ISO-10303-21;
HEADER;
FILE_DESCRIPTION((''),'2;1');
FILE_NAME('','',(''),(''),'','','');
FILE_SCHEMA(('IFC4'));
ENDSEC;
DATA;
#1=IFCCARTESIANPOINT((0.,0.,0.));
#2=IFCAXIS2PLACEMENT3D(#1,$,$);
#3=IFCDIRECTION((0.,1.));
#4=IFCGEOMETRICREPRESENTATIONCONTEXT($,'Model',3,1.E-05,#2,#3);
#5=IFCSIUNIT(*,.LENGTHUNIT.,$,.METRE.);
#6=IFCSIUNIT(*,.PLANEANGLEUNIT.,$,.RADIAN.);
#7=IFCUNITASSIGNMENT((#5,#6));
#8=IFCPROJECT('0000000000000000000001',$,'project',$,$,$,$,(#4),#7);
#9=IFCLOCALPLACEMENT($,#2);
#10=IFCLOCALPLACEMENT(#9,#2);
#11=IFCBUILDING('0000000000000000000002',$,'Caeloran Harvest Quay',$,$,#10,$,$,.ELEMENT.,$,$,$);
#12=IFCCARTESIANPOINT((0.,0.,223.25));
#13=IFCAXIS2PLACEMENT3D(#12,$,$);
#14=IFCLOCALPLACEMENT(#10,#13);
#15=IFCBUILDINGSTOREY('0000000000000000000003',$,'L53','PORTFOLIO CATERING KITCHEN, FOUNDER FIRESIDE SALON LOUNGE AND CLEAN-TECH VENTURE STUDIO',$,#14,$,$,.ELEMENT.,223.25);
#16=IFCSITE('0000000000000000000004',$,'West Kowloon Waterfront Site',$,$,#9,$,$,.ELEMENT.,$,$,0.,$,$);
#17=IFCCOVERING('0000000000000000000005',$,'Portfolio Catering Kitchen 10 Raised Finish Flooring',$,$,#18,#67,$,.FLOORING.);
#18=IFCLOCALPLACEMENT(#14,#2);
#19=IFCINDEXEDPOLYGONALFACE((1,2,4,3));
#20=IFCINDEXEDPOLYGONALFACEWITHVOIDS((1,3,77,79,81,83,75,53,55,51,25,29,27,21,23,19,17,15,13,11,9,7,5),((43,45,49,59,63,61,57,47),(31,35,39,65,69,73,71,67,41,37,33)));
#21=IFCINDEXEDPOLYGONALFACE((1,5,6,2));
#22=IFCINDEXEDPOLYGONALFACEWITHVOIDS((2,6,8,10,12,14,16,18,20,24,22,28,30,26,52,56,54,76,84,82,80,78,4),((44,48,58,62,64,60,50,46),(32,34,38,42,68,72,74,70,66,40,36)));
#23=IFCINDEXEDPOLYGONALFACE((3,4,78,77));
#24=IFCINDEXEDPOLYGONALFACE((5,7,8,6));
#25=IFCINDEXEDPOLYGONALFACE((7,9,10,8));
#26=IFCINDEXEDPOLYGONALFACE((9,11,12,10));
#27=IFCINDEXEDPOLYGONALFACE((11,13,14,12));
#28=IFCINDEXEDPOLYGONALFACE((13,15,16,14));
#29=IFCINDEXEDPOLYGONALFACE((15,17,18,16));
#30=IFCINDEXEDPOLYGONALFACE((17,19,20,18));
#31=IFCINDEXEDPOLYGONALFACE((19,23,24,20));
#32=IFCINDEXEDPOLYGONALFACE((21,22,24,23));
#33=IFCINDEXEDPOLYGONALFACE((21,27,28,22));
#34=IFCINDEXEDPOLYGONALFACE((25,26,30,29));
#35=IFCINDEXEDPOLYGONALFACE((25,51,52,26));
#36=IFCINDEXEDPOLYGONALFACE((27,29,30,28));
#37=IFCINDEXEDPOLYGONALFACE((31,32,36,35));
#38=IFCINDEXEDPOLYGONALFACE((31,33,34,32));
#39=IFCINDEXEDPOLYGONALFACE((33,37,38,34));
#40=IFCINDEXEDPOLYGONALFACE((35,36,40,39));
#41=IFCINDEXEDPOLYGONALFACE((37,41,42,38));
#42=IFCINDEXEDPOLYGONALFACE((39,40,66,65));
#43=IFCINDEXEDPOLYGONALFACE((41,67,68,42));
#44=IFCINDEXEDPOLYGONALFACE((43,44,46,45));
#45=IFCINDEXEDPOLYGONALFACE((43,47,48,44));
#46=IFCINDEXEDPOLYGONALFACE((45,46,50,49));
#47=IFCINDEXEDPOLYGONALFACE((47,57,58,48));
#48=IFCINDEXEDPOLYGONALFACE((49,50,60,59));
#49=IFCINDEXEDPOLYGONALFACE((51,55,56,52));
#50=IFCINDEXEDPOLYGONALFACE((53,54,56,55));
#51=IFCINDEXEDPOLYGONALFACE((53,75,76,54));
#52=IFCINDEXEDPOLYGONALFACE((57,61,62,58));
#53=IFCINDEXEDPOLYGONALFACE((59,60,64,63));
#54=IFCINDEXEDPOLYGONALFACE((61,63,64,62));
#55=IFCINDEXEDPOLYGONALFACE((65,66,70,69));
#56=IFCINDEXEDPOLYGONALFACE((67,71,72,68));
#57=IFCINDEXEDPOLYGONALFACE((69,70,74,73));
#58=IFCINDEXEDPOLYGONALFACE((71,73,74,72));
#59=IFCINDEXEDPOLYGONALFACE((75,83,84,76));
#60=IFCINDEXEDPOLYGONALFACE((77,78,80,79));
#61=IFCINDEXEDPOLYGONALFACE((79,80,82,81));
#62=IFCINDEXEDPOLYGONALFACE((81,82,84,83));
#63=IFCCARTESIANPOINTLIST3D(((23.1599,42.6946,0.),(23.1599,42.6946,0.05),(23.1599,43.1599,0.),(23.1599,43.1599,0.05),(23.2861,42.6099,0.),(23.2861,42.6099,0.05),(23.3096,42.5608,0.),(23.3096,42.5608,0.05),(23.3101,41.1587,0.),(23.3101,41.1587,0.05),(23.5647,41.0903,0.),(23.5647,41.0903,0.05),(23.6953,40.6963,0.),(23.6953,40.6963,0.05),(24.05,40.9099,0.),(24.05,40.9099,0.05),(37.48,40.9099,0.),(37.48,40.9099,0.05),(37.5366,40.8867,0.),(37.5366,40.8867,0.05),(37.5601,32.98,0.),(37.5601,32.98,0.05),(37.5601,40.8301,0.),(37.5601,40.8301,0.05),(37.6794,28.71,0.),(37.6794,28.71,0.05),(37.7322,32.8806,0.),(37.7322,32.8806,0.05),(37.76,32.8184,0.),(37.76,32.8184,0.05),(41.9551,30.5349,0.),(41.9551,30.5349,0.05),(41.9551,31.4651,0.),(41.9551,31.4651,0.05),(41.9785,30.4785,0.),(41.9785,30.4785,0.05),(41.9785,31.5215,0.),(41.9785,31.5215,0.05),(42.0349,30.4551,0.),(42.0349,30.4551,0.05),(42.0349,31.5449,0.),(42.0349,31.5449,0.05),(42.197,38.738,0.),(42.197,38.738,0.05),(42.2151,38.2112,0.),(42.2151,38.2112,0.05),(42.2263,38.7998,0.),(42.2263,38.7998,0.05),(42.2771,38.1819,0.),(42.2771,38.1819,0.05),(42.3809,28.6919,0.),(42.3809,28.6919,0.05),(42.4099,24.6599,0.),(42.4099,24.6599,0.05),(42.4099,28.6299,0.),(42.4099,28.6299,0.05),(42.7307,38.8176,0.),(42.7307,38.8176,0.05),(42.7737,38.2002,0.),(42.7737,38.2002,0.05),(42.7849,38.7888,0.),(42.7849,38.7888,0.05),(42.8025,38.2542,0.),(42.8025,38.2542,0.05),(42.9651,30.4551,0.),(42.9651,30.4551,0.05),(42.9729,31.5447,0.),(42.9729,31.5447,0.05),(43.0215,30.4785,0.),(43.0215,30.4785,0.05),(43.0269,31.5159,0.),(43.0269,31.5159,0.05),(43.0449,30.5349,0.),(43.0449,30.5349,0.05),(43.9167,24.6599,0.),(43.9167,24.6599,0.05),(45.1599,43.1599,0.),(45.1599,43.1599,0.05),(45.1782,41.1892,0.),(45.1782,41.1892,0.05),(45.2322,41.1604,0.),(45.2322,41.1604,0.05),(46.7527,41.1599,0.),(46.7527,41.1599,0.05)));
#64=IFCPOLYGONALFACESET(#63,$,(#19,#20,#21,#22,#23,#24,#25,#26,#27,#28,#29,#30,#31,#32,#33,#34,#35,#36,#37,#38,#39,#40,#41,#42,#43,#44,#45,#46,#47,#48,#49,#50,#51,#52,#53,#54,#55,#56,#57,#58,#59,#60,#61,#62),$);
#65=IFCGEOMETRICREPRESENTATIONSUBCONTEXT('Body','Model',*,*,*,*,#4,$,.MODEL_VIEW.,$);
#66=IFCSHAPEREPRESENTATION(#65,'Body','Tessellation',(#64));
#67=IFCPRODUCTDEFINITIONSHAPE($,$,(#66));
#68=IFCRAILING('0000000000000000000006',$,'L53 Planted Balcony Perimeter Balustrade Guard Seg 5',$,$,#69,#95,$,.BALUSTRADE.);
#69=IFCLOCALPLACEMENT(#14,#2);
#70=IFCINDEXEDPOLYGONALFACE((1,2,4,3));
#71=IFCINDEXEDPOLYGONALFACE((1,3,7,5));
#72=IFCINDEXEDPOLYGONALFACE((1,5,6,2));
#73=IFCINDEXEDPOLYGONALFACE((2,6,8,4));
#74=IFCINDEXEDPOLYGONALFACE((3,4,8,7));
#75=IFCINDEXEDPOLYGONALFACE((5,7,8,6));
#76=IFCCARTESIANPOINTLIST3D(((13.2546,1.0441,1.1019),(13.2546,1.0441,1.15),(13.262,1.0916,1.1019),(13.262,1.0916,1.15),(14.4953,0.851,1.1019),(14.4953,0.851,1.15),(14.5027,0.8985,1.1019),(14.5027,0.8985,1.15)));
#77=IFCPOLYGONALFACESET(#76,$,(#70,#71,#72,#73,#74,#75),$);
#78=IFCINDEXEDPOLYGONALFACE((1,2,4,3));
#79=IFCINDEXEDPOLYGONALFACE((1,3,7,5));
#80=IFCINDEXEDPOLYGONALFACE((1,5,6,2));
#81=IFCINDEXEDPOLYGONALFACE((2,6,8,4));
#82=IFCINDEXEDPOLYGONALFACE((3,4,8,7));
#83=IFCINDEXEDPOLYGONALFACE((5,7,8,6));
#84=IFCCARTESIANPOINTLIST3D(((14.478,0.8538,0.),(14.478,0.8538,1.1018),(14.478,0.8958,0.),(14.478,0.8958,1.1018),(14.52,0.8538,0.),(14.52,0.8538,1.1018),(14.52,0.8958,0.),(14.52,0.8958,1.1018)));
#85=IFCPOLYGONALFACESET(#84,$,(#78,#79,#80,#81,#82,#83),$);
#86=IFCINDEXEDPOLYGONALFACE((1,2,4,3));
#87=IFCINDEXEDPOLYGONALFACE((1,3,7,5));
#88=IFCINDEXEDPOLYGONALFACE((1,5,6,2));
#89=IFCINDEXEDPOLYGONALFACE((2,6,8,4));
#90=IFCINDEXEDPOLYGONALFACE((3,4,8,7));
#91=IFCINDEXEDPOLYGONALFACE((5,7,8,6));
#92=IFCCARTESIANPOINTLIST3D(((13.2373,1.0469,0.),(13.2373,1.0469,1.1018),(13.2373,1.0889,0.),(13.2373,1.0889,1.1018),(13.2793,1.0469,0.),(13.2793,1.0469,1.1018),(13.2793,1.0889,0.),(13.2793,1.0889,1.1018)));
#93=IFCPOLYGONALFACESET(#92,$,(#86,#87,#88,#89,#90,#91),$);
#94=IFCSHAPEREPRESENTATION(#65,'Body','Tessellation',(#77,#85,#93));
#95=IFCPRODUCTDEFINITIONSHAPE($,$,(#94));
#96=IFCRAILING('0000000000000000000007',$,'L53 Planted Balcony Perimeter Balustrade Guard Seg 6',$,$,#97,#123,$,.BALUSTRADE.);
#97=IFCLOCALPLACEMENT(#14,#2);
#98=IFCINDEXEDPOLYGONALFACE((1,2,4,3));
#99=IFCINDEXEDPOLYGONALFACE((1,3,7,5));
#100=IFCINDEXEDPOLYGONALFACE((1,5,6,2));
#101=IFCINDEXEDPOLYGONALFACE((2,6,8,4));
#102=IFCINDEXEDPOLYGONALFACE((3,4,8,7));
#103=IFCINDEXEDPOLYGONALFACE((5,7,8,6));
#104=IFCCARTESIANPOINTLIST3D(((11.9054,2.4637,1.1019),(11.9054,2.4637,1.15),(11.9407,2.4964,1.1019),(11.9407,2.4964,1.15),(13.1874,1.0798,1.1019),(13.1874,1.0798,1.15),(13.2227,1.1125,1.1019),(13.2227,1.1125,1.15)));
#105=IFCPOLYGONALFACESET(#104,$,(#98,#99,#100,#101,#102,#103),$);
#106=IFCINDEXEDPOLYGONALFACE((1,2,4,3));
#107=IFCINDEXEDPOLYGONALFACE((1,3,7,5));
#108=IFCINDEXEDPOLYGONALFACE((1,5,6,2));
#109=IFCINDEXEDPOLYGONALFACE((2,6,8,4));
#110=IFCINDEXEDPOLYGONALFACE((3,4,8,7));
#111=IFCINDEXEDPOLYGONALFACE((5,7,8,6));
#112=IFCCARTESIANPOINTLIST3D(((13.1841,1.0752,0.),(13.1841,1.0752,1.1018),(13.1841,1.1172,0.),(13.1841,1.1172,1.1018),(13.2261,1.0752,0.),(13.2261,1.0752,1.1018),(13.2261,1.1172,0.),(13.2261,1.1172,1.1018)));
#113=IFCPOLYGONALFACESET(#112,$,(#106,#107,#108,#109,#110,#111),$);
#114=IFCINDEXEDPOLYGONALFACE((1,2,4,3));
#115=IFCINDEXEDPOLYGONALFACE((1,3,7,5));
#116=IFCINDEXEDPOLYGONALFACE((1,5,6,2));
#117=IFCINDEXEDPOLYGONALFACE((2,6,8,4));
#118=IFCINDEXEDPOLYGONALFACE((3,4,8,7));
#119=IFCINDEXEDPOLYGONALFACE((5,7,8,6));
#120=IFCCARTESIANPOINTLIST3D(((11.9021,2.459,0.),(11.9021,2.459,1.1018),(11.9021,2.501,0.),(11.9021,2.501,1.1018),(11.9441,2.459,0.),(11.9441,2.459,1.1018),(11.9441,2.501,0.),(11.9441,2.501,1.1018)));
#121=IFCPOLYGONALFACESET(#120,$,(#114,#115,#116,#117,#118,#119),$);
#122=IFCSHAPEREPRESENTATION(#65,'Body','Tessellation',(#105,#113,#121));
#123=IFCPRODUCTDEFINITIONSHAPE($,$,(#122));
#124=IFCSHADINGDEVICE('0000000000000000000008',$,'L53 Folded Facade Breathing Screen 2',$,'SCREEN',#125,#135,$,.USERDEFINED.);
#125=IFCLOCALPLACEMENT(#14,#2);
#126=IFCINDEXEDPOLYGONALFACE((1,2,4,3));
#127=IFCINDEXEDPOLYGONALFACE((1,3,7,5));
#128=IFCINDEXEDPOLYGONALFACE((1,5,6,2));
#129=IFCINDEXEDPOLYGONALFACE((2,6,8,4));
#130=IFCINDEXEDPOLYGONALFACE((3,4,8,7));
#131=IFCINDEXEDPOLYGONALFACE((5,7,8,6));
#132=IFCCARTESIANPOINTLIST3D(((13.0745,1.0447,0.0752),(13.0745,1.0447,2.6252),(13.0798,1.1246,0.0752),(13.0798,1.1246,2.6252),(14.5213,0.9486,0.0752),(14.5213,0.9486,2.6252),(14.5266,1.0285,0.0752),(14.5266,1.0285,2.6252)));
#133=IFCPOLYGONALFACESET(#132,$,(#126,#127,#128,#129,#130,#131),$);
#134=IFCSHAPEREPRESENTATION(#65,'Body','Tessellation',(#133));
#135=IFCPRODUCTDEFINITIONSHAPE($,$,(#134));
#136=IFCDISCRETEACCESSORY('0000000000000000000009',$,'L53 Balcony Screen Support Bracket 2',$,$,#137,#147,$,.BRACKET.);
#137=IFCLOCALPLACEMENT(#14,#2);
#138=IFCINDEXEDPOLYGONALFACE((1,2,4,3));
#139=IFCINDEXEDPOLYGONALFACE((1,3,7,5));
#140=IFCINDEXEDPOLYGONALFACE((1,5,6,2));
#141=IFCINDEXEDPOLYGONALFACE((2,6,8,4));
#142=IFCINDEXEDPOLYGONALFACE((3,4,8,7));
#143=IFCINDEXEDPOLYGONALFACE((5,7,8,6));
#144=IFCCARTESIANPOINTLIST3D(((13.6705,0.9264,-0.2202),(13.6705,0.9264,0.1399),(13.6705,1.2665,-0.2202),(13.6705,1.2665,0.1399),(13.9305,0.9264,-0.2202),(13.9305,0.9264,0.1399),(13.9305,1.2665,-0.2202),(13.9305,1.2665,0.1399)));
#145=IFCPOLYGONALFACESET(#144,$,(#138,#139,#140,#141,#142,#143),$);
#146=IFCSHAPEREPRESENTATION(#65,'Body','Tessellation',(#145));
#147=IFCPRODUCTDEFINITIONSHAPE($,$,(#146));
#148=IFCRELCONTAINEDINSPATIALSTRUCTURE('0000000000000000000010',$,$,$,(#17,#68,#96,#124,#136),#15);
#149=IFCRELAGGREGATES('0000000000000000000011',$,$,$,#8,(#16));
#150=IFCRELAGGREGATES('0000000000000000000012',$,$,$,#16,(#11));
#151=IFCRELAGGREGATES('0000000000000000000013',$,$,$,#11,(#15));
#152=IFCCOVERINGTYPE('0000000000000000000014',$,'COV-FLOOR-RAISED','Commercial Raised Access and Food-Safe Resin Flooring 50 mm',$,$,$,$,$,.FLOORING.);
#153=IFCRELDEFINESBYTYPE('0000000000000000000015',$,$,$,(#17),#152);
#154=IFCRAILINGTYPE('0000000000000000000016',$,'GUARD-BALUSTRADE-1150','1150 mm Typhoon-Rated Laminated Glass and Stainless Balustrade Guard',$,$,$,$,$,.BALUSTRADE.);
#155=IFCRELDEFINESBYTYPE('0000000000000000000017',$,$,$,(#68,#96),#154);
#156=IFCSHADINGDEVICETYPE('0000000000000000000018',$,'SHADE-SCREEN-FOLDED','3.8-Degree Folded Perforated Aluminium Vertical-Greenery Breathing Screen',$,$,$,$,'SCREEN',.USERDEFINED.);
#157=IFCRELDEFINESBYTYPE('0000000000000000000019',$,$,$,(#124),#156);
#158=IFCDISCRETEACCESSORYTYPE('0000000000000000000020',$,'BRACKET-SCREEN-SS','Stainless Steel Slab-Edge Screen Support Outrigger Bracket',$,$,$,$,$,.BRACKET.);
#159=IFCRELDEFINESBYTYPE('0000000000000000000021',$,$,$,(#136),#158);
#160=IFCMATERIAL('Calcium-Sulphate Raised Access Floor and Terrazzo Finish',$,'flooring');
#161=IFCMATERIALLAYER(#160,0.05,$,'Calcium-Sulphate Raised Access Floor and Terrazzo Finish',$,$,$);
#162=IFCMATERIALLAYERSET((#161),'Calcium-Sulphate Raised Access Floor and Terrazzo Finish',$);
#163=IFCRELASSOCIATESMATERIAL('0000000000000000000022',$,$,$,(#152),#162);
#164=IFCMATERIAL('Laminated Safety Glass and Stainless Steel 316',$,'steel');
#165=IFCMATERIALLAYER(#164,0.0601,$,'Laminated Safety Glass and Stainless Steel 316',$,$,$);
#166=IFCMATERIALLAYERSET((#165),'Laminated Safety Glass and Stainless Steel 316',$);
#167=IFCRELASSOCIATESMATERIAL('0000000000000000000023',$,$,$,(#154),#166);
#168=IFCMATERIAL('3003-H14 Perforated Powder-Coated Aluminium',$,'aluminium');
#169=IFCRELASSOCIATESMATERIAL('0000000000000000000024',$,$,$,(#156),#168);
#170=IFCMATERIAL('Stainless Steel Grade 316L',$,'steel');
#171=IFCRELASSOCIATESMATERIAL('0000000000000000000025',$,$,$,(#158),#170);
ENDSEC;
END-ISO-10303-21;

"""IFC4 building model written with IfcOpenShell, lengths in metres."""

from ifc_helpers import new_model, si_unit, direction, frame, origin, origin_2d, place, context, subcontext, project, spatial, polyline, rectangle, outline, extrude, material, layer, layer_set, type_object, element, save


model = new_model("IFC4")

# Units and contexts
model_context = context("Model", 3, precision=1e-05, world=origin(), true_north=direction((0.0, 1.0)))
body_context = subcontext(model_context, "Body", "Model", "MODEL_VIEW")
ifc_project = project(units=[si_unit("LENGTHUNIT", "METRE"), si_unit("PLANEANGLEUNIT", "RADIAN")], contexts=[model_context])

# Site, building, storey
site_placement = place(None, origin())
site = spatial("IfcSite", under=ifc_project, at=site_placement, Name="West Kowloon Waterfront Site", CompositionType="ELEMENT", RefElevation=0.0)
building_placement = place(site_placement, origin())
building = spatial("IfcBuilding", under=site, at=building_placement, Name="Caeloran Harvest Quay", CompositionType="ELEMENT")
storey_placement = place(building_placement, frame((0.0, 0.0, 223.25)))
storey = spatial("IfcBuildingStorey", under=building, at=storey_placement, Name="L53", Description="PORTFOLIO CATERING KITCHEN, FOUNDER FIRESIDE SALON LOUNGE AND CLEAN-TECH VENTURE STUDIO", CompositionType="ELEMENT", Elevation=223.25)

# Covering
ifc_material_1 = material(Name="Calcium-Sulphate Raised Access Floor and Terrazzo Finish", Category="flooring")
ifc_layer_1 = layer(ifc_material_1, 0.05, Name="Calcium-Sulphate Raised Access Floor and Terrazzo Finish")
ifc_layer_set_1 = layer_set([ifc_layer_1], Name="Calcium-Sulphate Raised Access Floor and Terrazzo Finish")
covering_type = type_object("IfcCoveringType", Name="COV-FLOOR-RAISED", Description="Commercial Raised Access and Food-Safe Resin Flooring 50 mm", PredefinedType="FLOORING", material=ifc_layer_set_1)
covering_placement = place(storey_placement, origin())
element("IfcCovering", 1, at=covering_placement, inside=storey, type_object=covering_type, Name="Portfolio Catering Kitchen 10 Raised Finish Flooring", PredefinedType="FLOORING", context=body_context, shape_type="SweptSolid", body=[
    extrude(outline(polyline([(45.1599, 43.1599), (45.1782, 41.1892), (45.2322, 41.1604), (46.7527, 41.1599), (43.9167, 24.6599), (42.4099, 24.6599), (42.4099, 28.6299), (42.3809, 28.6919), (37.6794, 28.71), (37.76, 32.8184), (37.7322, 32.8806), (37.5601, 32.98), (37.5601, 40.8301), (37.5366, 40.8867), (37.48, 40.9099), (24.05, 40.9099), (23.6953, 40.6963), (23.5647, 41.0903), (23.3101, 41.1587), (23.3096, 42.5608), (23.2861, 42.6099), (23.1599, 42.6946), (23.1599, 43.1599), (45.1599, 43.1599)]), holes=[polyline([(43.0449, 30.5349), (43.0269, 31.5159), (42.9729, 31.5447), (42.0349, 31.5449), (41.9785, 31.5215), (41.9551, 31.4651), (41.9551, 30.5349), (41.9785, 30.4785), (42.0349, 30.4551), (42.9651, 30.4551), (43.0215, 30.4785), (43.0449, 30.5349)]), polyline([(42.8025, 38.2542), (42.7849, 38.7888), (42.7307, 38.8176), (42.2263, 38.7998), (42.197, 38.738), (42.2151, 38.2112), (42.2771, 38.1819), (42.7737, 38.2002), (42.8025, 38.2542)])]), origin(), (0.0, 0.0, 1.0), 0.05),
])

# Railings
ifc_material_2 = material(Name="Laminated Safety Glass and Stainless Steel 316", Category="steel")
ifc_layer_2 = layer(ifc_material_2, 0.0601, Name="Laminated Safety Glass and Stainless Steel 316")
ifc_layer_set_2 = layer_set([ifc_layer_2], Name="Laminated Safety Glass and Stainless Steel 316")
railing_type = type_object("IfcRailingType", Name="GUARD-BALUSTRADE-1150", Description="1150 mm Typhoon-Rated Laminated Glass and Stainless Balustrade Guard", PredefinedType="BALUSTRADE", material=ifc_layer_set_2)
railing_1_placement = place(storey_placement, frame((14.499, 0.8748, 0.0)))
element("IfcRailing", 2, at=railing_1_placement, inside=storey, type_object=railing_type, Name="L53 Planted Balcony Perimeter Balustrade Guard Seg 5", PredefinedType="BALUSTRADE", context=body_context, shape_type="SweptSolid", body=[
    extrude(rectangle(XDim=0.0481, YDim=0.0481, at=origin_2d()), frame((0.0, 0.0, 1.126), z_axis=(-0.988103, 0.153796, 0.0), x_axis=(-0.153796, -0.988103, 0.0)), (0.0, 0.0, 1.0), 1.2556),
    extrude(rectangle(XDim=0.042, YDim=0.042, at=origin_2d()), origin(), (0.0, 0.0, 1.0), 1.1018),
    extrude(rectangle(XDim=0.042, YDim=0.042, at=origin_2d()), frame((-1.2407, 0.1931, 0.0)), (0.0, 0.0, 1.0), 1.1018),
])
railing_2_placement = place(storey_placement, frame((13.2051, 1.0962, 0.0)))
element("IfcRailing", 3, at=railing_2_placement, inside=storey, type_object=railing_type, Name="L53 Planted Balcony Perimeter Balustrade Guard Seg 6", PredefinedType="BALUSTRADE", context=body_context, shape_type="SweptSolid", body=[
    extrude(rectangle(XDim=0.0481, YDim=0.0481, at=origin_2d()), frame((0.0, 0.0, 1.126), z_axis=(-0.679607, 0.733577, 0.0), x_axis=(-0.733577, -0.679607, 0.0)), (0.0, 0.0, 1.0), 1.8865),
    extrude(rectangle(XDim=0.042, YDim=0.042, at=origin_2d()), origin(), (0.0, 0.0, 1.0), 1.1018),
    extrude(rectangle(XDim=0.042, YDim=0.042, at=origin_2d()), frame((-1.282, 1.3838, 0.0)), (0.0, 0.0, 1.0), 1.1018),
])

# Shading device
ifc_material_3 = material(Name="3003-H14 Perforated Powder-Coated Aluminium", Category="aluminium")
shading_device_type = type_object("IfcShadingDeviceType", Name="SHADE-SCREEN-FOLDED", Description="3.8-Degree Folded Perforated Aluminium Vertical-Greenery Breathing Screen", ElementType="SCREEN", PredefinedType="USERDEFINED", material=ifc_material_3)
shading_device_placement = place(storey_placement, frame((13.8005, 1.0366, 0.0752), z_axis=(0.0, 0.0, 1.0), x_axis=(0.997801, -0.066274, 0.0)))
element("IfcShadingDevice", 4, at=shading_device_placement, inside=storey, type_object=shading_device_type, Name="L53 Folded Facade Breathing Screen 2", ObjectType="SCREEN", PredefinedType="USERDEFINED", context=body_context, shape_type="SweptSolid", body=[
    extrude(rectangle(XDim=1.45, YDim=0.0801, at=origin_2d()), origin(), (0.0, 0.0, 1.0), 2.55),
])

# Discrete accessory
ifc_material_4 = material(Name="Stainless Steel Grade 316L", Category="steel")
discrete_accessory_type = type_object("IfcDiscreteAccessoryType", Name="BRACKET-SCREEN-SS", Description="Stainless Steel Slab-Edge Screen Support Outrigger Bracket", PredefinedType="BRACKET", material=ifc_material_4)
discrete_accessory_placement = place(storey_placement, frame((13.8005, 1.0964, -0.2202), z_axis=(0.0, 0.0, 1.0), x_axis=(1.0, 0.0, 0.0)))
element("IfcDiscreteAccessory", 5, at=discrete_accessory_placement, inside=storey, type_object=discrete_accessory_type, Name="L53 Balcony Screen Support Bracket 2", PredefinedType="BRACKET", context=body_context, shape_type="SweptSolid", body=[
    extrude(rectangle(XDim=0.26, YDim=0.3401, at=origin_2d()), origin(), (0.0, 0.0, 1.0), 0.3601),
])

save(model, "model.ifc")
